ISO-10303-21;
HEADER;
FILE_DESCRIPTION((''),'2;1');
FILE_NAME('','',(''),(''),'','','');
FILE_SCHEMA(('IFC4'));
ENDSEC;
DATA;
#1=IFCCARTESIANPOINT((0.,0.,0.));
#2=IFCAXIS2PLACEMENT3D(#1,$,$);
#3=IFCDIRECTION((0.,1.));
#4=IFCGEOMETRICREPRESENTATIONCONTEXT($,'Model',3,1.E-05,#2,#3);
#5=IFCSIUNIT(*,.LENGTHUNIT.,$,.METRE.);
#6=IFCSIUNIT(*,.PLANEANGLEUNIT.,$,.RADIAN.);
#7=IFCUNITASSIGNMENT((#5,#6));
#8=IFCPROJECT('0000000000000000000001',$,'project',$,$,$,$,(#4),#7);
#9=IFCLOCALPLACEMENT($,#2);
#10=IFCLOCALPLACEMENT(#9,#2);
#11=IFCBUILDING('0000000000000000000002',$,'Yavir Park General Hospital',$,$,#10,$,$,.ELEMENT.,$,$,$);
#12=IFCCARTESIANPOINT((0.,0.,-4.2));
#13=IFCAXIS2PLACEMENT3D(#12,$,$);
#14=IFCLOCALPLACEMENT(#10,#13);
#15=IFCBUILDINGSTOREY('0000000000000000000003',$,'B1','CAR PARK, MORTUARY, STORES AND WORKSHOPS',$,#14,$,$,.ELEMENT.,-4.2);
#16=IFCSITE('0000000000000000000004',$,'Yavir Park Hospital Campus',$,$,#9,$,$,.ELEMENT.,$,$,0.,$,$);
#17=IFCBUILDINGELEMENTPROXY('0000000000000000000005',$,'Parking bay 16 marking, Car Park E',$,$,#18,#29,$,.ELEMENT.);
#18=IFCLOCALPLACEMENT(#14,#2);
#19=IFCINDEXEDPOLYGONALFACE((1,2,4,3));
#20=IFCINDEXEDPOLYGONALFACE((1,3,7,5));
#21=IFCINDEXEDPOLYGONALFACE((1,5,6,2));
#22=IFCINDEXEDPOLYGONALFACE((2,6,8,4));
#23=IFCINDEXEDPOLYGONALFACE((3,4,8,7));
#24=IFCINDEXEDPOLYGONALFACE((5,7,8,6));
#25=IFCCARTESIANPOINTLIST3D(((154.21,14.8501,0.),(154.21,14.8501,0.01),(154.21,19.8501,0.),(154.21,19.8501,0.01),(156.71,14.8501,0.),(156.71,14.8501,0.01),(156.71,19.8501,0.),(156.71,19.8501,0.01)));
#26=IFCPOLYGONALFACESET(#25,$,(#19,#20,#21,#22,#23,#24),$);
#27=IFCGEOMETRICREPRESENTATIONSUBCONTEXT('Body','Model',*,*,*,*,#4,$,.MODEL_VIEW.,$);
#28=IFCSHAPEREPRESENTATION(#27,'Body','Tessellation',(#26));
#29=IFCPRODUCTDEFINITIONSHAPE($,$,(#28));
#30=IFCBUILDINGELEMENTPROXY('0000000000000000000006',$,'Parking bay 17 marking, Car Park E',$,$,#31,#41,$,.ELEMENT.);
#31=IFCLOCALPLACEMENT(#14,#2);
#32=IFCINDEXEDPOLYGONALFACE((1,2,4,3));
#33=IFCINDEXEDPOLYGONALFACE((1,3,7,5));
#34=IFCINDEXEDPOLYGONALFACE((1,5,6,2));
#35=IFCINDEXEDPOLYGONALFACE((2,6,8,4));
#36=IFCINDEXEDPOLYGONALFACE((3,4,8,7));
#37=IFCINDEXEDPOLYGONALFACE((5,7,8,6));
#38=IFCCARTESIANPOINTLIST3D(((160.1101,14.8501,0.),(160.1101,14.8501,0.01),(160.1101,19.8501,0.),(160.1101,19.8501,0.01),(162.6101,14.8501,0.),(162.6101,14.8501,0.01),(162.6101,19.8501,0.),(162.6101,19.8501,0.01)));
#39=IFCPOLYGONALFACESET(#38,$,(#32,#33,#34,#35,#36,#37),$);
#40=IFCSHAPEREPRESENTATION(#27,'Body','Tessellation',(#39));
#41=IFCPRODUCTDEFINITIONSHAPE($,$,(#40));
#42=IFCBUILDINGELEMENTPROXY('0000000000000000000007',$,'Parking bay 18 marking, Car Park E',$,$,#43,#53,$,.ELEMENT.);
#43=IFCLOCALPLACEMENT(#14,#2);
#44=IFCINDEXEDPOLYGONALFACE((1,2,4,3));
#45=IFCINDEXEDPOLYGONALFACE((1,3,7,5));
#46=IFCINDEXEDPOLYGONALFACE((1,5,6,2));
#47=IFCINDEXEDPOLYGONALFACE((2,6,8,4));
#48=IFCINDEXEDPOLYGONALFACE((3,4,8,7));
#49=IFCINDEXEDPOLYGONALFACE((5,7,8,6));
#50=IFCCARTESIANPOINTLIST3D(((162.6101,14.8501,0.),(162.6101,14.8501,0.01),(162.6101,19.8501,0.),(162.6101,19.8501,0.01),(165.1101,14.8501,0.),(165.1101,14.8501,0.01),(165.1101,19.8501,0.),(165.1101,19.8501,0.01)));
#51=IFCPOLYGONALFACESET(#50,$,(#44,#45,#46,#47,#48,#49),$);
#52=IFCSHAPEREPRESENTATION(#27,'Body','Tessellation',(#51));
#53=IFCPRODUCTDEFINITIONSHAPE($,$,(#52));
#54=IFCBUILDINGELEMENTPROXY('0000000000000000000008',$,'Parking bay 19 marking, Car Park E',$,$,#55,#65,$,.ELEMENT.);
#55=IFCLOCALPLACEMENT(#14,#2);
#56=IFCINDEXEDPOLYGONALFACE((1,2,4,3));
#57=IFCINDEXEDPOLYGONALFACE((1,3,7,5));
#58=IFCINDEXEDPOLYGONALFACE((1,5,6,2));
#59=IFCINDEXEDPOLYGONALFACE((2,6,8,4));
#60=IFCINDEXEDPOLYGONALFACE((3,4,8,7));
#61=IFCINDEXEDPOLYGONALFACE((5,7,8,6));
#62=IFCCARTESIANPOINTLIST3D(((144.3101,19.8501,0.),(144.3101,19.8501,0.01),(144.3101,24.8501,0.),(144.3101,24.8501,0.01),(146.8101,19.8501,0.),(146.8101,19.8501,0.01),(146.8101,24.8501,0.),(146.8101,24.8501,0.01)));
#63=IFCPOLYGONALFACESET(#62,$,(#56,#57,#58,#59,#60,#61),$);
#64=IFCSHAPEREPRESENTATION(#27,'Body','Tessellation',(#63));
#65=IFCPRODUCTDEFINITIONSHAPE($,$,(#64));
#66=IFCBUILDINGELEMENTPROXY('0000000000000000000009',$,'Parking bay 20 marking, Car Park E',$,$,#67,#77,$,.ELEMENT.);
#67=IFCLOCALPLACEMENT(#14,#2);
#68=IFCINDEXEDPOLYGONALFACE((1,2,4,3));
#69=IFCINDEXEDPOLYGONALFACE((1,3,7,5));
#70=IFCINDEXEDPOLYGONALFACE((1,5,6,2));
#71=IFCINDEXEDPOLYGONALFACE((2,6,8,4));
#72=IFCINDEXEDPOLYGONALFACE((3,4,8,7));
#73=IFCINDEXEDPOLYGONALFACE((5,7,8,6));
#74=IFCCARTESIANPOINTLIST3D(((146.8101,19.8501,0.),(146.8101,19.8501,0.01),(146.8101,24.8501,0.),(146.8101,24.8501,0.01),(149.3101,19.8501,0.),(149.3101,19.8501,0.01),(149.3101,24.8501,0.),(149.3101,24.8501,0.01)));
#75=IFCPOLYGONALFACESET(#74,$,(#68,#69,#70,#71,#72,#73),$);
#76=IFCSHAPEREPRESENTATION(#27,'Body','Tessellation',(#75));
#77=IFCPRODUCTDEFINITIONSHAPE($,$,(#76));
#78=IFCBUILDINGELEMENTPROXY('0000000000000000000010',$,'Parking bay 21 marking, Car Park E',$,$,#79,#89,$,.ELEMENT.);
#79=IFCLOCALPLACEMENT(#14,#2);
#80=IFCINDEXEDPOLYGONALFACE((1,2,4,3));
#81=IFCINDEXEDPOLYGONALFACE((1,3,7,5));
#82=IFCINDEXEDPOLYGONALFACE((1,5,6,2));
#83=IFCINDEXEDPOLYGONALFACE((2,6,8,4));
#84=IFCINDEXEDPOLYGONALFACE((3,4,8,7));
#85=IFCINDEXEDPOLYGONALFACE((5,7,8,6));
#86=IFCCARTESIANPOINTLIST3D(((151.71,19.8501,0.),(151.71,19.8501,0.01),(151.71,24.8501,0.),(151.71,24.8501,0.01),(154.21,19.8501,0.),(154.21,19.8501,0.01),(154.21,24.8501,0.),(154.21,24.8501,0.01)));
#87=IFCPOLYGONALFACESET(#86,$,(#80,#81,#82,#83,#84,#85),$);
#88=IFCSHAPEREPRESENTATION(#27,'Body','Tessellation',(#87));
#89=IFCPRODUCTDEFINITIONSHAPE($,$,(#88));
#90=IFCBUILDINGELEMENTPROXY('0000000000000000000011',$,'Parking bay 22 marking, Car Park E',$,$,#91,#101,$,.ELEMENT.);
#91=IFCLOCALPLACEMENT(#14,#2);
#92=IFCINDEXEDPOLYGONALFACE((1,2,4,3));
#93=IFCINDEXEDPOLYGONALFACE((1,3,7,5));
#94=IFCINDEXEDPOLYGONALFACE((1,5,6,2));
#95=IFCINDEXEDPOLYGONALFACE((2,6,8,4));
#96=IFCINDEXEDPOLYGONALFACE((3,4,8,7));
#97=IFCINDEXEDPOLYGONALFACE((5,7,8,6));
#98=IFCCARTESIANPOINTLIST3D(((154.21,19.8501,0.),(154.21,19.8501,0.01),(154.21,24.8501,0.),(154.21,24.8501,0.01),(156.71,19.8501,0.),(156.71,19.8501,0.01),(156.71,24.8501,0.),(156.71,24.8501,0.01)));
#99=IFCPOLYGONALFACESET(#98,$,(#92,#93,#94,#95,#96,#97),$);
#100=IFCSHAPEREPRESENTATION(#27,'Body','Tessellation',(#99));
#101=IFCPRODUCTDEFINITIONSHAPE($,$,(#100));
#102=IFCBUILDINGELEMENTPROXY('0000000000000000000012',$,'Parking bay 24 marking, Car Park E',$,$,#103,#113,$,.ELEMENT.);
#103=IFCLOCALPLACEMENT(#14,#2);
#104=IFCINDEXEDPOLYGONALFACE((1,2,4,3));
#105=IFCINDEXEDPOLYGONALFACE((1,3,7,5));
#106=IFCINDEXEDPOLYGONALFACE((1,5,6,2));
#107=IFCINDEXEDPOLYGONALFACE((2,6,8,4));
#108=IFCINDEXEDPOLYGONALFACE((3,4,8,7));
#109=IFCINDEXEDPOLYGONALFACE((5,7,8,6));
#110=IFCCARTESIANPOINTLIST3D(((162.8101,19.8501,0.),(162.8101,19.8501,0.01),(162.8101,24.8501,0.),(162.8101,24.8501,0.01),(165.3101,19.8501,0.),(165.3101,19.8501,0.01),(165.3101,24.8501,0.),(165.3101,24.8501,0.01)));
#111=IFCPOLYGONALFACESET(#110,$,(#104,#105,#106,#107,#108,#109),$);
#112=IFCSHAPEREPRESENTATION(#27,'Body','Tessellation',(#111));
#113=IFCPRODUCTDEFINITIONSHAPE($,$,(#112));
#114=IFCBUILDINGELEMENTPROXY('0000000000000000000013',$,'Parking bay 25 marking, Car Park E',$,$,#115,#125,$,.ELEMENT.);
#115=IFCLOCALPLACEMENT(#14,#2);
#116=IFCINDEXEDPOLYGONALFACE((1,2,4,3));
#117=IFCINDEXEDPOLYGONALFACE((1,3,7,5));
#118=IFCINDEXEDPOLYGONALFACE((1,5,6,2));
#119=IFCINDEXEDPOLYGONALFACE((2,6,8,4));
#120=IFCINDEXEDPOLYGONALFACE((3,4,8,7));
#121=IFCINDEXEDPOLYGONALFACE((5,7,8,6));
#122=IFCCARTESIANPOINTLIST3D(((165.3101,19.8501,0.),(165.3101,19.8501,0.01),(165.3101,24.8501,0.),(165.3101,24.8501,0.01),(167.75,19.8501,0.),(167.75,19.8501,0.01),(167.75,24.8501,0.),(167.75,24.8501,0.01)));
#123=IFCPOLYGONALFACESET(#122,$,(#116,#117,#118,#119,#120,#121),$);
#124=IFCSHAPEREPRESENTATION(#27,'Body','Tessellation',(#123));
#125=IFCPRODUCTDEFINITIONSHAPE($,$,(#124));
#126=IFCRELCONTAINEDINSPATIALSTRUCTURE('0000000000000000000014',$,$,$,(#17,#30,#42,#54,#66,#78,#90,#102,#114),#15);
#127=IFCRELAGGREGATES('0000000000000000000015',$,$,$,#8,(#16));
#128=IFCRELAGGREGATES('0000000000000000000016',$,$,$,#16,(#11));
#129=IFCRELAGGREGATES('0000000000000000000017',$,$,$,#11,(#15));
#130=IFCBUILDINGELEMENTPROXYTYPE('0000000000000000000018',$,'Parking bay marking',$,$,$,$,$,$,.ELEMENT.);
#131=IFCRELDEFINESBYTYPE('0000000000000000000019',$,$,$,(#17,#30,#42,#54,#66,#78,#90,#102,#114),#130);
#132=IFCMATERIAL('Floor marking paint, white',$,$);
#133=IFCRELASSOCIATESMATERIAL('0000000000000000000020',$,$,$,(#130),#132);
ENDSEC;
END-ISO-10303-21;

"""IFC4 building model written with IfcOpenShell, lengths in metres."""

from ifc_helpers import new_model, si_unit, direction, frame, origin, place, context, subcontext, project, spatial, polyline, outline, extrude, material, type_object, element, save


model = new_model("IFC4")

# Units and contexts
model_context = context("Model", 3, precision=1e-05, world=origin(), true_north=direction((0.0, 1.0)))
body_context = subcontext(model_context, "Body", "Model", "MODEL_VIEW")
ifc_project = project(units=[si_unit("LENGTHUNIT", "METRE"), si_unit("PLANEANGLEUNIT", "RADIAN")], contexts=[model_context])

# Site, building, storey
site_placement = place(None, origin())
site = spatial("IfcSite", under=ifc_project, at=site_placement, Name="Yavir Park Hospital Campus", CompositionType="ELEMENT", RefElevation=0.0)
building_placement = place(site_placement, origin())
building = spatial("IfcBuilding", under=site, at=building_placement, Name="Yavir Park General Hospital", CompositionType="ELEMENT")
storey_placement = place(building_placement, frame((0.0, 0.0, -4.2)))
storey = spatial("IfcBuildingStorey", under=building, at=storey_placement, Name="B1", Description="CAR PARK, MORTUARY, STORES AND WORKSHOPS", CompositionType="ELEMENT", Elevation=-4.2)

# Building element proxies
ifc_material_1 = material(Name="Floor marking paint, white")
building_element_proxy_type_1 = type_object("IfcBuildingElementProxyType", Name="Parking bay marking", PredefinedType="ELEMENT", material=ifc_material_1)
proxy_1_placement = place(storey_placement, origin())
element("IfcBuildingElementProxy", 1, at=proxy_1_placement, inside=storey, type_object=building_element_proxy_type_1, Name="Parking bay 16 marking, Car Park E", PredefinedType="ELEMENT", context=body_context, shape_type="SweptSolid", body=[
    extrude(outline(polyline([(154.21, 14.8501), (156.71, 14.8501), (156.71, 19.8501), (154.21, 19.8501), (154.21, 14.8501)])), origin(), (0.0, 0.0, 1.0), 0.01),
])
proxy_2_placement = place(storey_placement, origin())
element("IfcBuildingElementProxy", 2, at=proxy_2_placement, inside=storey, type_object=building_element_proxy_type_1, Name="Parking bay 17 marking, Car Park E", PredefinedType="ELEMENT", context=body_context, shape_type="SweptSolid", body=[
    extrude(outline(polyline([(160.1101, 14.8501), (162.6101, 14.8501), (162.6101, 19.8501), (160.1101, 19.8501), (160.1101, 14.8501)])), origin(), (0.0, 0.0, 1.0), 0.01),
])
proxy_3_placement = place(storey_placement, origin())
element("IfcBuildingElementProxy", 3, at=proxy_3_placement, inside=storey, type_object=building_element_proxy_type_1, Name="Parking bay 18 marking, Car Park E", PredefinedType="ELEMENT", context=body_context, shape_type="SweptSolid", body=[
    extrude(outline(polyline([(162.6101, 14.8501), (165.1101, 14.8501), (165.1101, 19.8501), (162.6101, 19.8501), (162.6101, 14.8501)])), origin(), (0.0, 0.0, 1.0), 0.01),
])
proxy_4_placement = place(storey_placement, origin())
element("IfcBuildingElementProxy", 4, at=proxy_4_placement, inside=storey, type_object=building_element_proxy_type_1, Name="Parking bay 19 marking, Car Park E", PredefinedType="ELEMENT", context=body_context, shape_type="SweptSolid", body=[
    extrude(outline(polyline([(144.3101, 19.8501), (146.8101, 19.8501), (146.8101, 24.8501), (144.3101, 24.8501), (144.3101, 19.8501)])), origin(), (0.0, 0.0, 1.0), 0.01),
])
proxy_5_placement = place(storey_placement, origin())
element("IfcBuildingElementProxy", 5, at=proxy_5_placement, inside=storey, type_object=building_element_proxy_type_1, Name="Parking bay 20 marking, Car Park E", PredefinedType="ELEMENT", context=body_context, shape_type="SweptSolid", body=[
    extrude(outline(polyline([(146.8101, 19.8501), (149.3101, 19.8501), (149.3101, 24.8501), (146.8101, 24.8501), (146.8101, 19.8501)])), origin(), (0.0, 0.0, 1.0), 0.01),
])
proxy_6_placement = place(storey_placement, origin())
element("IfcBuildingElementProxy", 6, at=proxy_6_placement, inside=storey, type_object=building_element_proxy_type_1, Name="Parking bay 21 marking, Car Park E", PredefinedType="ELEMENT", context=body_context, shape_type="SweptSolid", body=[
    extrude(outline(polyline([(151.71, 19.8501), (154.21, 19.8501), (154.21, 24.8501), (151.71, 24.8501), (151.71, 19.8501)])), origin(), (0.0, 0.0, 1.0), 0.01),
])
proxy_7_placement = place(storey_placement, origin())
element("IfcBuildingElementProxy", 7, at=proxy_7_placement, inside=storey, type_object=building_element_proxy_type_1, Name="Parking bay 22 marking, Car Park E", PredefinedType="ELEMENT", context=body_context, shape_type="SweptSolid", body=[
    extrude(outline(polyline([(154.21, 19.8501), (156.71, 19.8501), (156.71, 24.8501), (154.21, 24.8501), (154.21, 19.8501)])), origin(), (0.0, 0.0, 1.0), 0.01),
])
proxy_8_placement = place(storey_placement, origin())
element("IfcBuildingElementProxy", 8, at=proxy_8_placement, inside=storey, type_object=building_element_proxy_type_1, Name="Parking bay 24 marking, Car Park E", PredefinedType="ELEMENT", context=body_context, shape_type="SweptSolid", body=[
    extrude(outline(polyline([(162.8101, 19.8501), (165.3101, 19.8501), (165.3101, 24.8501), (162.8101, 24.8501), (162.8101, 19.8501)])), origin(), (0.0, 0.0, 1.0), 0.01),
])
proxy_9_placement = place(storey_placement, origin())
element("IfcBuildingElementProxy", 9, at=proxy_9_placement, inside=storey, type_object=building_element_proxy_type_1, Name="Parking bay 25 marking, Car Park E", PredefinedType="ELEMENT", context=body_context, shape_type="SweptSolid", body=[
    extrude(outline(polyline([(165.3101, 19.8501), (167.75, 19.8501), (167.75, 24.8501), (165.3101, 24.8501), (165.3101, 19.8501)])), origin(), (0.0, 0.0, 1.0), 0.01),
])

save(model, "model.ifc")
